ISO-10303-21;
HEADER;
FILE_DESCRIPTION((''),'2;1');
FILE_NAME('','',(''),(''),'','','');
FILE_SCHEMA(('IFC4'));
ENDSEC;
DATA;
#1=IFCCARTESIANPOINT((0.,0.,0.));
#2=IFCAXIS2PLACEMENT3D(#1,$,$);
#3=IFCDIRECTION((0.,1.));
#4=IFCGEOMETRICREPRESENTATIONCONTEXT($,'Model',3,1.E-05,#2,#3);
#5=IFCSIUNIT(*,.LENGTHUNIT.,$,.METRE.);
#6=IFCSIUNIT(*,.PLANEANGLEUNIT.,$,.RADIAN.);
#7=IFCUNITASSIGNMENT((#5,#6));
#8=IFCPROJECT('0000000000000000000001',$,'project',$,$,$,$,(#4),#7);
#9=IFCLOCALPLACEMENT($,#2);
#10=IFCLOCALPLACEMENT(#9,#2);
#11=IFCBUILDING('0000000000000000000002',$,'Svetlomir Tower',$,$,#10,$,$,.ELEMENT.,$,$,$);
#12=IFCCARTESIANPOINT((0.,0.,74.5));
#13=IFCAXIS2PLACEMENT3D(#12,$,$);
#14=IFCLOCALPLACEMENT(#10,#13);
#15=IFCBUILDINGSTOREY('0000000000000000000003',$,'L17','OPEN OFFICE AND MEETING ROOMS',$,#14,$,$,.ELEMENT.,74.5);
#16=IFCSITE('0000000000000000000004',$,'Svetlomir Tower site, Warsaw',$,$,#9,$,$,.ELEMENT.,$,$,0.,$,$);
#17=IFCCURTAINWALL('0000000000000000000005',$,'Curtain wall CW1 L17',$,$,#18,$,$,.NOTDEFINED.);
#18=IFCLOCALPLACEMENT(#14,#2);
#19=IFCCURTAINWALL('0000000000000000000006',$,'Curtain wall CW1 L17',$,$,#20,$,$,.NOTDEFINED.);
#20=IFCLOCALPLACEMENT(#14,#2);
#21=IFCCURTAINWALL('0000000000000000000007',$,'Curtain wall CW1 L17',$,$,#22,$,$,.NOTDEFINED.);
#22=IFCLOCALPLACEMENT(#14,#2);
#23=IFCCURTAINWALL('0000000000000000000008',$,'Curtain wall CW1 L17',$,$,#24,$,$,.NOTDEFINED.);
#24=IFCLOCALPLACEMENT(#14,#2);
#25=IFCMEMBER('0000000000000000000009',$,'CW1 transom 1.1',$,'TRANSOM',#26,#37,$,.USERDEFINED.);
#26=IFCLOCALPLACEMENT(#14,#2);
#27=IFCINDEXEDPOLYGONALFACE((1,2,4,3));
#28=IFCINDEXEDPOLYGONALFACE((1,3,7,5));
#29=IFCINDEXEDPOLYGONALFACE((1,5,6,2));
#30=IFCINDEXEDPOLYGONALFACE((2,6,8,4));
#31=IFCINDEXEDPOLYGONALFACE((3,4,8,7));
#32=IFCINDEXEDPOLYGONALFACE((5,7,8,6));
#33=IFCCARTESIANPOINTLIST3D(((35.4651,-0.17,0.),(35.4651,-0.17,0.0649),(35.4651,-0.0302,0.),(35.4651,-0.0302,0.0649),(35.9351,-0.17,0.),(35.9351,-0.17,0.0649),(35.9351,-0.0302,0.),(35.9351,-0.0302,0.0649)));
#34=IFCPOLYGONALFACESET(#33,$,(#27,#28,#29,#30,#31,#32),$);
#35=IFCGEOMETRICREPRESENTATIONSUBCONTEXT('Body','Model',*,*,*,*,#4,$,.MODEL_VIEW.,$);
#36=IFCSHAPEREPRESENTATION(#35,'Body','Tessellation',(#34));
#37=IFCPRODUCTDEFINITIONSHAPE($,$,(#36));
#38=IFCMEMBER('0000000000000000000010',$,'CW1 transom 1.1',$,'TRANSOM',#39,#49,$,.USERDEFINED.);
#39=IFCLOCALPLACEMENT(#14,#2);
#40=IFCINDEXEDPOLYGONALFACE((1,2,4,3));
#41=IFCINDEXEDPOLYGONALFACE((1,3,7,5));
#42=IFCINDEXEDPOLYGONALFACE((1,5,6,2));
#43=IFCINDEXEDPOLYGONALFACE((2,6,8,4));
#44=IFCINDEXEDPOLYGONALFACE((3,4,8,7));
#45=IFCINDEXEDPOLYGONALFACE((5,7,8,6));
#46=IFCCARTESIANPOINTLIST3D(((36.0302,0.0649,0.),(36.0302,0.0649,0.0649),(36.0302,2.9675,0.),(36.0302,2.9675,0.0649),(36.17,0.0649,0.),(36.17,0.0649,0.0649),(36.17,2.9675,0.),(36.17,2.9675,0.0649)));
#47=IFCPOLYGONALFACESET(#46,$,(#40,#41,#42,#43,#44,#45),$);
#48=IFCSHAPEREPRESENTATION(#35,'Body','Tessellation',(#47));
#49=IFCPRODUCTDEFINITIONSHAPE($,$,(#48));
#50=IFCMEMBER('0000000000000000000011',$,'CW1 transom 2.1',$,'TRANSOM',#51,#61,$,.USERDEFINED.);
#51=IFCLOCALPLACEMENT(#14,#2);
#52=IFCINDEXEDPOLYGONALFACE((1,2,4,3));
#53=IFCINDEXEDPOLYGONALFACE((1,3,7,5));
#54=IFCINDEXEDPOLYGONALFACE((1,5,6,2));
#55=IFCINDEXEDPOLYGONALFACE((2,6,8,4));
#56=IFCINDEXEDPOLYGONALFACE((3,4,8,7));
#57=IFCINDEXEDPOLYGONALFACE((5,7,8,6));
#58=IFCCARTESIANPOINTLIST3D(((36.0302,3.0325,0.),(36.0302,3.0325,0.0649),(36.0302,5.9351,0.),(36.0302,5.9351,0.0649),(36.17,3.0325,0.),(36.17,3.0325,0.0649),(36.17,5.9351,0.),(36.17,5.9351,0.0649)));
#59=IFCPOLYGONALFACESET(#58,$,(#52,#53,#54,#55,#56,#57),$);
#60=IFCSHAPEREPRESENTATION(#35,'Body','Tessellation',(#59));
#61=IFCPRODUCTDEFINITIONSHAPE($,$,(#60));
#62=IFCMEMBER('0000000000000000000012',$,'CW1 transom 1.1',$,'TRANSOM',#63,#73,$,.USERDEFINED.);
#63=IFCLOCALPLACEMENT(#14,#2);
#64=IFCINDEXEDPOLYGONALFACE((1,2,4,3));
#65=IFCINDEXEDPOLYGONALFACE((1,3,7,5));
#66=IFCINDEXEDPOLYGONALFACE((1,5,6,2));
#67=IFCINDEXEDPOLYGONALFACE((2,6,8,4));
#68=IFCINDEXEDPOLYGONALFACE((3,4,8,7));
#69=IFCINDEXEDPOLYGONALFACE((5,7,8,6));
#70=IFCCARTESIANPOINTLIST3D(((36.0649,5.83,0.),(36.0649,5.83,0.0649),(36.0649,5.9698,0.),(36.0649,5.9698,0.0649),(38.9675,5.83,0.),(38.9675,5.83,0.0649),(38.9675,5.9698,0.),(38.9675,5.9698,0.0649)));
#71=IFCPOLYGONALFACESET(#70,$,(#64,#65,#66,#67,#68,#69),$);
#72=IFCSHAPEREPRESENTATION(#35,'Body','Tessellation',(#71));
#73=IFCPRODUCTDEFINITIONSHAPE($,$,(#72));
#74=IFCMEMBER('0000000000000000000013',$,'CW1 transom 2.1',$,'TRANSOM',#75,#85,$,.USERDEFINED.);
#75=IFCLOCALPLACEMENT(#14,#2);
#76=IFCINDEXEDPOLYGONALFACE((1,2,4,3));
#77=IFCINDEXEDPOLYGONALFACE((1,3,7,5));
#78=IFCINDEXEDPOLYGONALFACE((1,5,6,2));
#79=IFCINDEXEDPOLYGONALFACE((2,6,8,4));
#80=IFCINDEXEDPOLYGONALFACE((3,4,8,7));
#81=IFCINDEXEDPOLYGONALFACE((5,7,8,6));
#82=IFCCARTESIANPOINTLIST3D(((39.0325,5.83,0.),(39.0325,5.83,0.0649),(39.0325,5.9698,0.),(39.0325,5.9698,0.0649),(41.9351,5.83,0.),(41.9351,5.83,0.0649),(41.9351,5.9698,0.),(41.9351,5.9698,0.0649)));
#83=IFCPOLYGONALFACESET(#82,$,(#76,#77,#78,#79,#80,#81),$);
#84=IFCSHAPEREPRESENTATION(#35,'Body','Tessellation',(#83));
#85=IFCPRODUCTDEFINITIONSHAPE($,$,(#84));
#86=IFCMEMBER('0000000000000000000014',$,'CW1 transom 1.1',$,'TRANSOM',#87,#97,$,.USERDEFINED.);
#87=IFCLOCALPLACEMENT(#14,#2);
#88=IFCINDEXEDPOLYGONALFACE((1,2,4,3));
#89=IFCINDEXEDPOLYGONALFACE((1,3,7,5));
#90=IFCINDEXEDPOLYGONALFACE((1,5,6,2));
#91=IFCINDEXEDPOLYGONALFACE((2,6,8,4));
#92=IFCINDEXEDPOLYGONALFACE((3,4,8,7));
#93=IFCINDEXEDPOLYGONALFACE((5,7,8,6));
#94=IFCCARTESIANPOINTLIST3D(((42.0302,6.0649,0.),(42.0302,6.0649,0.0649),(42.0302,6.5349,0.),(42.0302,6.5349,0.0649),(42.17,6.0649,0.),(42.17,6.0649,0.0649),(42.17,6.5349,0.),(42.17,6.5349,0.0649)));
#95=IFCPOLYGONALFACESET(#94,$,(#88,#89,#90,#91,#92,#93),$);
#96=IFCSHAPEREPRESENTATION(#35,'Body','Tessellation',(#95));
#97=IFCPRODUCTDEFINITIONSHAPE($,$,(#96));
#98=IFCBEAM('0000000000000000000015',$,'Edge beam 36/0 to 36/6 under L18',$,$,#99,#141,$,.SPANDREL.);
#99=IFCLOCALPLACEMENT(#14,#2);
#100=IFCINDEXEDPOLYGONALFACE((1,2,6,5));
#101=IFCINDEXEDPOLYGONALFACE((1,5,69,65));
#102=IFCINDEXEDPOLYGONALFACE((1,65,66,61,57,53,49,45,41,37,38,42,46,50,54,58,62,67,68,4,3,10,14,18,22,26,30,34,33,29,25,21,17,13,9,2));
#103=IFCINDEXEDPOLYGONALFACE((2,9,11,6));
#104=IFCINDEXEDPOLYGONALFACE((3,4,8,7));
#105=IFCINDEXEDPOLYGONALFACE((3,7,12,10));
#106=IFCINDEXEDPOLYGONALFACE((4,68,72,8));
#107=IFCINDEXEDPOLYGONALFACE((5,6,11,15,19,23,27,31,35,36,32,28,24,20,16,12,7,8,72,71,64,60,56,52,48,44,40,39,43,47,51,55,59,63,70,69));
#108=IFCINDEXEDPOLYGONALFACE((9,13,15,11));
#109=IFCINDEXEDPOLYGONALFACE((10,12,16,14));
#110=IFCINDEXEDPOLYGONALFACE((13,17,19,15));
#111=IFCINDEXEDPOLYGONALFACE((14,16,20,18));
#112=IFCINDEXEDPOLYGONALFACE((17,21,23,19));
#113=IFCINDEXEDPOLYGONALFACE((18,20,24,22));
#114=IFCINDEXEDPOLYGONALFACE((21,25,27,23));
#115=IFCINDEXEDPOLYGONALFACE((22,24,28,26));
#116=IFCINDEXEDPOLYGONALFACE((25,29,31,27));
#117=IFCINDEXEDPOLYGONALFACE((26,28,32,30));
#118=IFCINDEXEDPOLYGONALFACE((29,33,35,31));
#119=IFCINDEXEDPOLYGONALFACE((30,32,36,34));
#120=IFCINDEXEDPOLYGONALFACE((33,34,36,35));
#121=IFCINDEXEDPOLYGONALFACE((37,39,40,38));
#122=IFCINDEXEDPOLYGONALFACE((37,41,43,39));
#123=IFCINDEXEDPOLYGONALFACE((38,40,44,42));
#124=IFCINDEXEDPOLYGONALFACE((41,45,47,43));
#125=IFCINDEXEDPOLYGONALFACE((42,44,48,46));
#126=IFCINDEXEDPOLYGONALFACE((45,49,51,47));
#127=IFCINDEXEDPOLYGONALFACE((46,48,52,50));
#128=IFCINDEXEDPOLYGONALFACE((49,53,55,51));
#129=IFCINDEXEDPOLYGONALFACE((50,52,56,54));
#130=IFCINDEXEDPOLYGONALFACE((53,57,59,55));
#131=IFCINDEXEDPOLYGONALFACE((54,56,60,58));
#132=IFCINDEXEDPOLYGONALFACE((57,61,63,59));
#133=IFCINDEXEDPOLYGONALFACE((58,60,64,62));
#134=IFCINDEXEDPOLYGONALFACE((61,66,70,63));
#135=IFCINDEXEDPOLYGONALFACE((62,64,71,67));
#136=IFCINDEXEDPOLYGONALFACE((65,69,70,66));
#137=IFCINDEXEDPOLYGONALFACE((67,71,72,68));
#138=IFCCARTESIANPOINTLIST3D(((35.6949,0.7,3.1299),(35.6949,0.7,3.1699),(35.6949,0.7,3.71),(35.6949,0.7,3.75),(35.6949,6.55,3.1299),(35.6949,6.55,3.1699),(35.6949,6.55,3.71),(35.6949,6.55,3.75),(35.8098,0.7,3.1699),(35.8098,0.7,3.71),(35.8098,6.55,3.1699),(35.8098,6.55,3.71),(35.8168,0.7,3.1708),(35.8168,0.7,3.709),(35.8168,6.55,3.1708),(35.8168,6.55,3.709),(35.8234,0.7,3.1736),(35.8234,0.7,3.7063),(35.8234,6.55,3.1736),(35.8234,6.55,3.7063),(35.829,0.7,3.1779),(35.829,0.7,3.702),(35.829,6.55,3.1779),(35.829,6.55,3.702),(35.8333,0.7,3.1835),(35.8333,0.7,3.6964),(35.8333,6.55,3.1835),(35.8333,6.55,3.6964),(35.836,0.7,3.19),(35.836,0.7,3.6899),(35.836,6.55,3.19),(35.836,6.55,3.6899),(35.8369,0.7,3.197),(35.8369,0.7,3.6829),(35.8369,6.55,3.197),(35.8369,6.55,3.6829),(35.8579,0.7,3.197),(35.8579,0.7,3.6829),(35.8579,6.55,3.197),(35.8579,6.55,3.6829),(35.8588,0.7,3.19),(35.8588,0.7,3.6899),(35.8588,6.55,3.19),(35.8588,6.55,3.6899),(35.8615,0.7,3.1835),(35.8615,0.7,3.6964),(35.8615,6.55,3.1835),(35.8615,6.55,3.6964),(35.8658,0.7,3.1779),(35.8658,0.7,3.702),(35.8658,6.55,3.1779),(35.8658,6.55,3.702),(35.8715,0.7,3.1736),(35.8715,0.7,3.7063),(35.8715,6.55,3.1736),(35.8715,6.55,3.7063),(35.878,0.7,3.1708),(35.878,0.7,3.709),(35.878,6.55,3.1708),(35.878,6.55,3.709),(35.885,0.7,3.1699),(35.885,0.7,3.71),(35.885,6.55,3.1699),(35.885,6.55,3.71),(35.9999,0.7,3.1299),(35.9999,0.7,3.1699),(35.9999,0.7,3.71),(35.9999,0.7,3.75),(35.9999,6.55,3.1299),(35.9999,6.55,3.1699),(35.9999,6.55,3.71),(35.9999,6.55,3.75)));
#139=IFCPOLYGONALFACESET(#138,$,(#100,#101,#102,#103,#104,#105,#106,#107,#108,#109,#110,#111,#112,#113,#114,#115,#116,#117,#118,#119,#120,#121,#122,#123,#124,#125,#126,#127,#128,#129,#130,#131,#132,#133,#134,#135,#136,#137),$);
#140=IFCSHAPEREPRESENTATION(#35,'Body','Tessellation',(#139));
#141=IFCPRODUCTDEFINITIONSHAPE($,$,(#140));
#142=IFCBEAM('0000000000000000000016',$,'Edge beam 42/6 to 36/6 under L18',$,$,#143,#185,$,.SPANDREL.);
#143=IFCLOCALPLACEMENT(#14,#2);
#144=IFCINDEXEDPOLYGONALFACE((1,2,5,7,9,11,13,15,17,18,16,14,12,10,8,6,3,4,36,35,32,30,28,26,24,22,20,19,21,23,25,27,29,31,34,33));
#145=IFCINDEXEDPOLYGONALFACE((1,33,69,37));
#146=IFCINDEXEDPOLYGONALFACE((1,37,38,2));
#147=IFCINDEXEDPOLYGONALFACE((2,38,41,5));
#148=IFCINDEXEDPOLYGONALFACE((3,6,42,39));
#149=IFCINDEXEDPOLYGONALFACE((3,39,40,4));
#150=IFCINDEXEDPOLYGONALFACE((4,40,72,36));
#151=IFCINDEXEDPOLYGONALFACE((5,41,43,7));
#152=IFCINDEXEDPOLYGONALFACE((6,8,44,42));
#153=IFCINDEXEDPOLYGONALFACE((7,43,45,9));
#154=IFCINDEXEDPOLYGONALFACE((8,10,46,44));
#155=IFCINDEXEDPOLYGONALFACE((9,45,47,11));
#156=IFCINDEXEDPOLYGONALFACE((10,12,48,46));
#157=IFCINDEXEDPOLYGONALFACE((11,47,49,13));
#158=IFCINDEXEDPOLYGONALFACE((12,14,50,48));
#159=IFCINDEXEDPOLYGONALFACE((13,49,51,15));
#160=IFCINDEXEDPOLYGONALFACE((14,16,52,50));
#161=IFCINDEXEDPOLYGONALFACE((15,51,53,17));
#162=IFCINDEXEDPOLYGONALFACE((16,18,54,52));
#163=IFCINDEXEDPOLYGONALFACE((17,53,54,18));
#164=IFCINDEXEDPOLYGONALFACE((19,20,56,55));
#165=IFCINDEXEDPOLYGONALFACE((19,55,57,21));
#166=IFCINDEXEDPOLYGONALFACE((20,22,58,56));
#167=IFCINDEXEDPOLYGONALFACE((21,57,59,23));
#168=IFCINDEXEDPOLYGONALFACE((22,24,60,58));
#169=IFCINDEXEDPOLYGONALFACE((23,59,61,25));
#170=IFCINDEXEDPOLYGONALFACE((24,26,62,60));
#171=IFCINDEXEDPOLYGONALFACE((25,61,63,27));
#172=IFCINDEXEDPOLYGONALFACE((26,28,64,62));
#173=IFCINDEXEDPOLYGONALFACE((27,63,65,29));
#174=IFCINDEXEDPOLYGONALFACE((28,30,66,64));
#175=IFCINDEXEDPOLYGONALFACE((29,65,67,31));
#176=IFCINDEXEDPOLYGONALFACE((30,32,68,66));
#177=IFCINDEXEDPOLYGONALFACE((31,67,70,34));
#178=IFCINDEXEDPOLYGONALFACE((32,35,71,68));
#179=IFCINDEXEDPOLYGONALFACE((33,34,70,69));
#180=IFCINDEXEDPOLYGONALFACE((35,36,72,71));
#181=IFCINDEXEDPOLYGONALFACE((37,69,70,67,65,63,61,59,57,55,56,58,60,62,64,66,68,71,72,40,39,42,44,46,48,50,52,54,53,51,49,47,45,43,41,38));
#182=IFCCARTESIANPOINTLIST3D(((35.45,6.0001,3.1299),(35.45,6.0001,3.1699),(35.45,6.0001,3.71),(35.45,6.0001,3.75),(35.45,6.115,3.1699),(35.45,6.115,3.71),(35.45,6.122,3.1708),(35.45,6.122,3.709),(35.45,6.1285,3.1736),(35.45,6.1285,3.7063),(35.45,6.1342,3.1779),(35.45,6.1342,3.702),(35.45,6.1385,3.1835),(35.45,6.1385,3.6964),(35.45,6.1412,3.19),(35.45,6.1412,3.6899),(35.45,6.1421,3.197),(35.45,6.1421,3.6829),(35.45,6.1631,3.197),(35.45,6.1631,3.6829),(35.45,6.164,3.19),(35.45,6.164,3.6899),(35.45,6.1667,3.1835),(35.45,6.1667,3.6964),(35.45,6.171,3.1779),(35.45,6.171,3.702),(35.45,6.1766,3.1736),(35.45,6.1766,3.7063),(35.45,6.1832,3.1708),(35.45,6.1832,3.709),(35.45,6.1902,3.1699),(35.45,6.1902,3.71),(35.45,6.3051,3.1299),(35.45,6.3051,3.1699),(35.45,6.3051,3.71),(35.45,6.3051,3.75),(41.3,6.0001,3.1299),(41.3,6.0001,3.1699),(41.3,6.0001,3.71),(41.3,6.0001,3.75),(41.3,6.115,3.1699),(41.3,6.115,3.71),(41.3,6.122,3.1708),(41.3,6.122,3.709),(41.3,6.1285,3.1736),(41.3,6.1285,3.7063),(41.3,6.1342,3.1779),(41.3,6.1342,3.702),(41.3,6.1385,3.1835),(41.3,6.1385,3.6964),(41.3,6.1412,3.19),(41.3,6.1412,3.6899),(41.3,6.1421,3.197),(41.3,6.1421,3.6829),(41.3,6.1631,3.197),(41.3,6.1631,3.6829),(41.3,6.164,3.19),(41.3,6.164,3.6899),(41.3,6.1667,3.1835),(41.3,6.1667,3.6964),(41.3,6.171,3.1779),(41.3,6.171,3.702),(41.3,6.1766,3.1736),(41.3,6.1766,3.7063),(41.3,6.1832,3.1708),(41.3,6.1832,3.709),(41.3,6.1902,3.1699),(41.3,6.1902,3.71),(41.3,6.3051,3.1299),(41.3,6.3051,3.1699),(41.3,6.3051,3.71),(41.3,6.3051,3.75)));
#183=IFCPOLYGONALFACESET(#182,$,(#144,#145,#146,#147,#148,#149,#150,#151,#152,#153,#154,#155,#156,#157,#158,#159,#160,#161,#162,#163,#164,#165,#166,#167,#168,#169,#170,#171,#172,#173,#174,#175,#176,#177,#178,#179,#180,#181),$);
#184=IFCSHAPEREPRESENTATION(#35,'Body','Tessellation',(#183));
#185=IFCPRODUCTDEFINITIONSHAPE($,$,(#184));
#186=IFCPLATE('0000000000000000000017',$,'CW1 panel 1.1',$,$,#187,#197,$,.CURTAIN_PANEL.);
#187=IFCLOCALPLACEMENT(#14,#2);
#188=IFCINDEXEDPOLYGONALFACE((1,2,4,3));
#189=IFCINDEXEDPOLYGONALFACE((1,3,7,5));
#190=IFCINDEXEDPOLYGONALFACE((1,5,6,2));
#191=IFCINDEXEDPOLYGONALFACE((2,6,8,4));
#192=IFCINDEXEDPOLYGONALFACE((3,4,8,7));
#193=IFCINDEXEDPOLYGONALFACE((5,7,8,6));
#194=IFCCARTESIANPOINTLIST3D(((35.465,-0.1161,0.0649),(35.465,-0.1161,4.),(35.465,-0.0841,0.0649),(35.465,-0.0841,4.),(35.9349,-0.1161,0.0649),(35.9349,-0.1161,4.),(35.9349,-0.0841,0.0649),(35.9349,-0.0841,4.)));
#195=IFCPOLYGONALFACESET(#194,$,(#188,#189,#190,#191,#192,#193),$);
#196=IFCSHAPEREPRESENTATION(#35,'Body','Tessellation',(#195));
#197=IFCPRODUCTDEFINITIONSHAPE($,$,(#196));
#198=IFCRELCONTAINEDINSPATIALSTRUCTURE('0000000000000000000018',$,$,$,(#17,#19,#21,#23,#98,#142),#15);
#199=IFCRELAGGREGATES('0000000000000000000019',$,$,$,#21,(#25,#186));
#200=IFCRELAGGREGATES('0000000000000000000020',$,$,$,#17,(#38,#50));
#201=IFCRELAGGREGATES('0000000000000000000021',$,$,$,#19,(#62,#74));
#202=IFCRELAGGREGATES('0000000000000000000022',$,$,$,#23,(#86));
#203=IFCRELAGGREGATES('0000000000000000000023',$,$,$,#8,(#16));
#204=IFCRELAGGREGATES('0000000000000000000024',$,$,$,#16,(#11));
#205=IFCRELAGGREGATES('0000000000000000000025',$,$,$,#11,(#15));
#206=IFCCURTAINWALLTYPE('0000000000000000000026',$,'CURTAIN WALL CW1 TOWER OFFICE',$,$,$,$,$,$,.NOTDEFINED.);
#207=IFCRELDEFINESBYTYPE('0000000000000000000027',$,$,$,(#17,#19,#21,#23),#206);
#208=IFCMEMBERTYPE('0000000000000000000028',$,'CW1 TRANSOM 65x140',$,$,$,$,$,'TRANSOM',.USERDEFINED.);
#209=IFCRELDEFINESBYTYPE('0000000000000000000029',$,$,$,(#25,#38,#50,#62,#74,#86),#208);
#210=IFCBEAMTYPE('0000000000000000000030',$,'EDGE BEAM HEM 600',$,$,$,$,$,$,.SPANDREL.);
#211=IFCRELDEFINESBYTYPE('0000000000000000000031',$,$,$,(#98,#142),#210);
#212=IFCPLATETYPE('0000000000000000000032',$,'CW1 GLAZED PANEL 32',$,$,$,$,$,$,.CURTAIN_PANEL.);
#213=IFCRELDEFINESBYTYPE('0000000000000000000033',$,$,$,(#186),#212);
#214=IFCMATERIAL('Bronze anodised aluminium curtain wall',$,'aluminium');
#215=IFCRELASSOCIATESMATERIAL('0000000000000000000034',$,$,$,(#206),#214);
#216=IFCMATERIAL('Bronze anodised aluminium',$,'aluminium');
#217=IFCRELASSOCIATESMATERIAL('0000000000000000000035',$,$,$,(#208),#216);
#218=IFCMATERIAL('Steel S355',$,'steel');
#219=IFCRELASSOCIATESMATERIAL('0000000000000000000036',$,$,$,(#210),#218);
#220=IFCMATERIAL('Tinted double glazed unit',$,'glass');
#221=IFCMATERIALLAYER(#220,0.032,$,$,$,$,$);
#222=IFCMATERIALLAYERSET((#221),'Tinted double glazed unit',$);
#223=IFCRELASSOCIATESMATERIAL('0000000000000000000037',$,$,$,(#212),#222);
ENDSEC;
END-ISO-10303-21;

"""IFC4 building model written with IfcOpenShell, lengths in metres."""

from ifc_helpers import new_model, si_unit, direction, frame, origin, origin_2d, place, context, subcontext, project, spatial, rectangle, i_section, extrude, material, layer, layer_set, material_profile, profile_set, type_object, element, aggregate, save


model = new_model("IFC4")

# Units and contexts
model_context = context("Model", 3, precision=1e-05, world=origin(), true_north=direction((0.0, 1.0)))
body_context = subcontext(model_context, "Body", "Model", "MODEL_VIEW")
ifc_project = project(units=[si_unit("LENGTHUNIT", "METRE"), si_unit("PLANEANGLEUNIT", "RADIAN")], contexts=[model_context])

# Site, building, storey
site_placement = place(None, origin())
site = spatial("IfcSite", under=ifc_project, at=site_placement, Name="Svetlomir Tower site, Warsaw", CompositionType="ELEMENT", RefElevation=0.0)
building_placement = place(site_placement, origin())
building = spatial("IfcBuilding", under=site, at=building_placement, Name="Svetlomir Tower", CompositionType="ELEMENT")
storey_placement = place(building_placement, frame((0.0, 0.0, 74.5)))
storey = spatial("IfcBuildingStorey", under=building, at=storey_placement, Name="L17", Description="OPEN OFFICE AND MEETING ROOMS", CompositionType="ELEMENT", Elevation=74.5)

# Curtain walls
ifc_material_1 = material(Name="Bronze anodised aluminium curtain wall", Category="aluminium")
curtain_wall_type = type_object("IfcCurtainWallType", Name="CURTAIN WALL CW1 TOWER OFFICE", PredefinedType="NOTDEFINED", material=ifc_material_1)
curtain_wall_1_placement = place(storey_placement, origin())
curtain_wall_1 = element("IfcCurtainWall", 1, at=curtain_wall_1_placement, inside=storey, type_object=curtain_wall_type, Name="Curtain wall CW1 L17", PredefinedType="NOTDEFINED")
curtain_wall_2_placement = place(storey_placement, origin())
curtain_wall_2 = element("IfcCurtainWall", 2, at=curtain_wall_2_placement, inside=storey, type_object=curtain_wall_type, Name="Curtain wall CW1 L17", PredefinedType="NOTDEFINED")

# Curtain wall
curtain_wall_3_placement = place(storey_placement, origin())
curtain_wall_3 = element("IfcCurtainWall", 3, at=curtain_wall_3_placement, inside=storey, type_object=curtain_wall_type, Name="Curtain wall CW1 L17", PredefinedType="NOTDEFINED")

# Curtain wall
curtain_wall_4_placement = place(storey_placement, origin())
curtain_wall_4 = element("IfcCurtainWall", 4, at=curtain_wall_4_placement, inside=storey, type_object=curtain_wall_type, Name="Curtain wall CW1 L17", PredefinedType="NOTDEFINED")

# Members
ifc_material_2 = material(Name="Bronze anodised aluminium", Category="aluminium")
ifc_material_profile_1 = material_profile(ifc_material_2, rectangle(XDim=0.1399, YDim=0.0649, at=origin_2d()), Name="AL 140x65")
ifc_profile_set_1 = profile_set([ifc_material_profile_1], Name="Bronze anodised aluminium 6063-T6")
member_type_1 = type_object("IfcMemberType", Name="CW1 TRANSOM 65x140", ElementType="TRANSOM", PredefinedType="USERDEFINED", material=ifc_profile_set_1)
member_1_placement = place(storey_placement, frame((35.4651, -0.1001, 0.0325), z_axis=(1.0, 0.0, 0.0), x_axis=(0.0, 1.0, 0.0)))
member_1 = element("IfcMember", 5, at=member_1_placement, type_object=member_type_1, Name="CW1 transom 1.1", ObjectType="TRANSOM", PredefinedType="USERDEFINED", context=body_context, shape_type="SweptSolid", body=[
    extrude(rectangle(XDim=0.1399, YDim=0.0649, at=origin_2d()), origin(), (0.0, 0.0, 1.0), 0.47),
])
member_2_placement = place(storey_placement, frame((36.1001, 0.0649, 0.0325), z_axis=(0.0, 1.0, 0.0), x_axis=(-1.0, 0.0, 0.0)))
member_2 = element("IfcMember", 6, at=member_2_placement, type_object=member_type_1, Name="CW1 transom 1.1", ObjectType="TRANSOM", PredefinedType="USERDEFINED", context=body_context, shape_type="SweptSolid", body=[
    extrude(rectangle(XDim=0.1399, YDim=0.0649, at=origin_2d()), origin(), (0.0, 0.0, 1.0), 2.9026),
])
member_3_placement = place(storey_placement, frame((36.1001, 3.0325, 0.0325), z_axis=(0.0, 1.0, 0.0), x_axis=(-1.0, 0.0, 0.0)))
member_3 = element("IfcMember", 7, at=member_3_placement, type_object=member_type_1, Name="CW1 transom 2.1", ObjectType="TRANSOM", PredefinedType="USERDEFINED", context=body_context, shape_type="SweptSolid", body=[
    extrude(rectangle(XDim=0.1399, YDim=0.0649, at=origin_2d()), origin(), (0.0, 0.0, 1.0), 2.9026),
])
member_4_placement = place(storey_placement, frame((36.0649, 5.8999, 0.0325), z_axis=(1.0, 0.0, 0.0), x_axis=(0.0, 1.0, 0.0)))
member_4 = element("IfcMember", 8, at=member_4_placement, type_object=member_type_1, Name="CW1 transom 1.1", ObjectType="TRANSOM", PredefinedType="USERDEFINED", context=body_context, shape_type="SweptSolid", body=[
    extrude(rectangle(XDim=0.1399, YDim=0.0649, at=origin_2d()), origin(), (0.0, 0.0, 1.0), 2.9026),
])
member_5_placement = place(storey_placement, frame((39.0325, 5.8999, 0.0325), z_axis=(1.0, 0.0, 0.0), x_axis=(0.0, 1.0, 0.0)))
member_5 = element("IfcMember", 9, at=member_5_placement, type_object=member_type_1, Name="CW1 transom 2.1", ObjectType="TRANSOM", PredefinedType="USERDEFINED", context=body_context, shape_type="SweptSolid", body=[
    extrude(rectangle(XDim=0.1399, YDim=0.0649, at=origin_2d()), origin(), (0.0, 0.0, 1.0), 2.9026),
])
member_6_placement = place(storey_placement, frame((42.1001, 6.0649, 0.0325), z_axis=(0.0, 1.0, 0.0), x_axis=(-1.0, 0.0, 0.0)))
member_6 = element("IfcMember", 10, at=member_6_placement, type_object=member_type_1, Name="CW1 transom 1.1", ObjectType="TRANSOM", PredefinedType="USERDEFINED", context=body_context, shape_type="SweptSolid", body=[
    extrude(rectangle(XDim=0.1399, YDim=0.0649, at=origin_2d()), origin(), (0.0, 0.0, 1.0), 0.47),
])

# Beams
ifc_material_3 = material(Name="Steel S355", Category="steel")
ifc_material_profile_2 = material_profile(ifc_material_3, i_section(OverallWidth=0.3049, OverallDepth=0.6201, WebThickness=0.021, FlangeThickness=0.04, FilletRadius=0.0271, at=origin_2d()), Name="HEM 600")
ifc_profile_set_2 = profile_set([ifc_material_profile_2], Name="Steel S355")
beam_type_1 = type_object("IfcBeamType", Name="EDGE BEAM HEM 600", PredefinedType="SPANDREL", material=ifc_profile_set_2)
for number, where, z_axis, x_axis, name in (
    (11, (35.8474, 0.7, 3.4399), (0.0, 1.0, 0.0), (-1.0, 0.0, 0.0), "Edge beam 36/0 to 36/6 under L18"),
    (12, (41.3, 6.1526, 3.4399), (-1.0, 0.0, 0.0), (0.0, -1.0, 0.0), "Edge beam 42/6 to 36/6 under L18"),
):
    element("IfcBeam", number, at=place(storey_placement, frame(where, z_axis=z_axis, x_axis=x_axis)), inside=storey, type_object=beam_type_1, Name=name, PredefinedType="SPANDREL", context=body_context, shape_type="SweptSolid", body=[
        extrude(i_section(OverallWidth=0.3049, OverallDepth=0.6201, WebThickness=0.021, FlangeThickness=0.04, FilletRadius=0.0271, at=origin_2d()), origin(), (0.0, 0.0, 1.0), 5.8501),
    ])

# Plate
ifc_material_4 = material(Name="Tinted double glazed unit", Category="glass")
ifc_layer = layer(ifc_material_4, 0.032)
ifc_layer_set = layer_set([ifc_layer], Name="Tinted double glazed unit")
plate_type = type_object("IfcPlateType", Name="CW1 GLAZED PANEL 32", PredefinedType="CURTAIN_PANEL", material=ifc_layer_set)
plate_1_placement = place(storey_placement, frame((35.7, -0.1001, 0.0649), z_axis=(0.0, 0.0, 1.0), x_axis=(1.0, 0.0, 0.0)))
plate_1 = element("IfcPlate", 13, at=plate_1_placement, type_object=plate_type, Name="CW1 panel 1.1", PredefinedType="CURTAIN_PANEL", context=body_context, shape_type="SweptSolid", body=[
    extrude(rectangle(XDim=0.47, YDim=0.032, at=origin_2d()), origin(), (0.0, 0.0, 1.0), 3.9351),
])
aggregate(curtain_wall_3, [member_1, plate_1])
aggregate(curtain_wall_1, [member_2, member_3])
aggregate(curtain_wall_2, [member_4, member_5])
aggregate(curtain_wall_4, [member_6])

save(model, "model.ifc")
